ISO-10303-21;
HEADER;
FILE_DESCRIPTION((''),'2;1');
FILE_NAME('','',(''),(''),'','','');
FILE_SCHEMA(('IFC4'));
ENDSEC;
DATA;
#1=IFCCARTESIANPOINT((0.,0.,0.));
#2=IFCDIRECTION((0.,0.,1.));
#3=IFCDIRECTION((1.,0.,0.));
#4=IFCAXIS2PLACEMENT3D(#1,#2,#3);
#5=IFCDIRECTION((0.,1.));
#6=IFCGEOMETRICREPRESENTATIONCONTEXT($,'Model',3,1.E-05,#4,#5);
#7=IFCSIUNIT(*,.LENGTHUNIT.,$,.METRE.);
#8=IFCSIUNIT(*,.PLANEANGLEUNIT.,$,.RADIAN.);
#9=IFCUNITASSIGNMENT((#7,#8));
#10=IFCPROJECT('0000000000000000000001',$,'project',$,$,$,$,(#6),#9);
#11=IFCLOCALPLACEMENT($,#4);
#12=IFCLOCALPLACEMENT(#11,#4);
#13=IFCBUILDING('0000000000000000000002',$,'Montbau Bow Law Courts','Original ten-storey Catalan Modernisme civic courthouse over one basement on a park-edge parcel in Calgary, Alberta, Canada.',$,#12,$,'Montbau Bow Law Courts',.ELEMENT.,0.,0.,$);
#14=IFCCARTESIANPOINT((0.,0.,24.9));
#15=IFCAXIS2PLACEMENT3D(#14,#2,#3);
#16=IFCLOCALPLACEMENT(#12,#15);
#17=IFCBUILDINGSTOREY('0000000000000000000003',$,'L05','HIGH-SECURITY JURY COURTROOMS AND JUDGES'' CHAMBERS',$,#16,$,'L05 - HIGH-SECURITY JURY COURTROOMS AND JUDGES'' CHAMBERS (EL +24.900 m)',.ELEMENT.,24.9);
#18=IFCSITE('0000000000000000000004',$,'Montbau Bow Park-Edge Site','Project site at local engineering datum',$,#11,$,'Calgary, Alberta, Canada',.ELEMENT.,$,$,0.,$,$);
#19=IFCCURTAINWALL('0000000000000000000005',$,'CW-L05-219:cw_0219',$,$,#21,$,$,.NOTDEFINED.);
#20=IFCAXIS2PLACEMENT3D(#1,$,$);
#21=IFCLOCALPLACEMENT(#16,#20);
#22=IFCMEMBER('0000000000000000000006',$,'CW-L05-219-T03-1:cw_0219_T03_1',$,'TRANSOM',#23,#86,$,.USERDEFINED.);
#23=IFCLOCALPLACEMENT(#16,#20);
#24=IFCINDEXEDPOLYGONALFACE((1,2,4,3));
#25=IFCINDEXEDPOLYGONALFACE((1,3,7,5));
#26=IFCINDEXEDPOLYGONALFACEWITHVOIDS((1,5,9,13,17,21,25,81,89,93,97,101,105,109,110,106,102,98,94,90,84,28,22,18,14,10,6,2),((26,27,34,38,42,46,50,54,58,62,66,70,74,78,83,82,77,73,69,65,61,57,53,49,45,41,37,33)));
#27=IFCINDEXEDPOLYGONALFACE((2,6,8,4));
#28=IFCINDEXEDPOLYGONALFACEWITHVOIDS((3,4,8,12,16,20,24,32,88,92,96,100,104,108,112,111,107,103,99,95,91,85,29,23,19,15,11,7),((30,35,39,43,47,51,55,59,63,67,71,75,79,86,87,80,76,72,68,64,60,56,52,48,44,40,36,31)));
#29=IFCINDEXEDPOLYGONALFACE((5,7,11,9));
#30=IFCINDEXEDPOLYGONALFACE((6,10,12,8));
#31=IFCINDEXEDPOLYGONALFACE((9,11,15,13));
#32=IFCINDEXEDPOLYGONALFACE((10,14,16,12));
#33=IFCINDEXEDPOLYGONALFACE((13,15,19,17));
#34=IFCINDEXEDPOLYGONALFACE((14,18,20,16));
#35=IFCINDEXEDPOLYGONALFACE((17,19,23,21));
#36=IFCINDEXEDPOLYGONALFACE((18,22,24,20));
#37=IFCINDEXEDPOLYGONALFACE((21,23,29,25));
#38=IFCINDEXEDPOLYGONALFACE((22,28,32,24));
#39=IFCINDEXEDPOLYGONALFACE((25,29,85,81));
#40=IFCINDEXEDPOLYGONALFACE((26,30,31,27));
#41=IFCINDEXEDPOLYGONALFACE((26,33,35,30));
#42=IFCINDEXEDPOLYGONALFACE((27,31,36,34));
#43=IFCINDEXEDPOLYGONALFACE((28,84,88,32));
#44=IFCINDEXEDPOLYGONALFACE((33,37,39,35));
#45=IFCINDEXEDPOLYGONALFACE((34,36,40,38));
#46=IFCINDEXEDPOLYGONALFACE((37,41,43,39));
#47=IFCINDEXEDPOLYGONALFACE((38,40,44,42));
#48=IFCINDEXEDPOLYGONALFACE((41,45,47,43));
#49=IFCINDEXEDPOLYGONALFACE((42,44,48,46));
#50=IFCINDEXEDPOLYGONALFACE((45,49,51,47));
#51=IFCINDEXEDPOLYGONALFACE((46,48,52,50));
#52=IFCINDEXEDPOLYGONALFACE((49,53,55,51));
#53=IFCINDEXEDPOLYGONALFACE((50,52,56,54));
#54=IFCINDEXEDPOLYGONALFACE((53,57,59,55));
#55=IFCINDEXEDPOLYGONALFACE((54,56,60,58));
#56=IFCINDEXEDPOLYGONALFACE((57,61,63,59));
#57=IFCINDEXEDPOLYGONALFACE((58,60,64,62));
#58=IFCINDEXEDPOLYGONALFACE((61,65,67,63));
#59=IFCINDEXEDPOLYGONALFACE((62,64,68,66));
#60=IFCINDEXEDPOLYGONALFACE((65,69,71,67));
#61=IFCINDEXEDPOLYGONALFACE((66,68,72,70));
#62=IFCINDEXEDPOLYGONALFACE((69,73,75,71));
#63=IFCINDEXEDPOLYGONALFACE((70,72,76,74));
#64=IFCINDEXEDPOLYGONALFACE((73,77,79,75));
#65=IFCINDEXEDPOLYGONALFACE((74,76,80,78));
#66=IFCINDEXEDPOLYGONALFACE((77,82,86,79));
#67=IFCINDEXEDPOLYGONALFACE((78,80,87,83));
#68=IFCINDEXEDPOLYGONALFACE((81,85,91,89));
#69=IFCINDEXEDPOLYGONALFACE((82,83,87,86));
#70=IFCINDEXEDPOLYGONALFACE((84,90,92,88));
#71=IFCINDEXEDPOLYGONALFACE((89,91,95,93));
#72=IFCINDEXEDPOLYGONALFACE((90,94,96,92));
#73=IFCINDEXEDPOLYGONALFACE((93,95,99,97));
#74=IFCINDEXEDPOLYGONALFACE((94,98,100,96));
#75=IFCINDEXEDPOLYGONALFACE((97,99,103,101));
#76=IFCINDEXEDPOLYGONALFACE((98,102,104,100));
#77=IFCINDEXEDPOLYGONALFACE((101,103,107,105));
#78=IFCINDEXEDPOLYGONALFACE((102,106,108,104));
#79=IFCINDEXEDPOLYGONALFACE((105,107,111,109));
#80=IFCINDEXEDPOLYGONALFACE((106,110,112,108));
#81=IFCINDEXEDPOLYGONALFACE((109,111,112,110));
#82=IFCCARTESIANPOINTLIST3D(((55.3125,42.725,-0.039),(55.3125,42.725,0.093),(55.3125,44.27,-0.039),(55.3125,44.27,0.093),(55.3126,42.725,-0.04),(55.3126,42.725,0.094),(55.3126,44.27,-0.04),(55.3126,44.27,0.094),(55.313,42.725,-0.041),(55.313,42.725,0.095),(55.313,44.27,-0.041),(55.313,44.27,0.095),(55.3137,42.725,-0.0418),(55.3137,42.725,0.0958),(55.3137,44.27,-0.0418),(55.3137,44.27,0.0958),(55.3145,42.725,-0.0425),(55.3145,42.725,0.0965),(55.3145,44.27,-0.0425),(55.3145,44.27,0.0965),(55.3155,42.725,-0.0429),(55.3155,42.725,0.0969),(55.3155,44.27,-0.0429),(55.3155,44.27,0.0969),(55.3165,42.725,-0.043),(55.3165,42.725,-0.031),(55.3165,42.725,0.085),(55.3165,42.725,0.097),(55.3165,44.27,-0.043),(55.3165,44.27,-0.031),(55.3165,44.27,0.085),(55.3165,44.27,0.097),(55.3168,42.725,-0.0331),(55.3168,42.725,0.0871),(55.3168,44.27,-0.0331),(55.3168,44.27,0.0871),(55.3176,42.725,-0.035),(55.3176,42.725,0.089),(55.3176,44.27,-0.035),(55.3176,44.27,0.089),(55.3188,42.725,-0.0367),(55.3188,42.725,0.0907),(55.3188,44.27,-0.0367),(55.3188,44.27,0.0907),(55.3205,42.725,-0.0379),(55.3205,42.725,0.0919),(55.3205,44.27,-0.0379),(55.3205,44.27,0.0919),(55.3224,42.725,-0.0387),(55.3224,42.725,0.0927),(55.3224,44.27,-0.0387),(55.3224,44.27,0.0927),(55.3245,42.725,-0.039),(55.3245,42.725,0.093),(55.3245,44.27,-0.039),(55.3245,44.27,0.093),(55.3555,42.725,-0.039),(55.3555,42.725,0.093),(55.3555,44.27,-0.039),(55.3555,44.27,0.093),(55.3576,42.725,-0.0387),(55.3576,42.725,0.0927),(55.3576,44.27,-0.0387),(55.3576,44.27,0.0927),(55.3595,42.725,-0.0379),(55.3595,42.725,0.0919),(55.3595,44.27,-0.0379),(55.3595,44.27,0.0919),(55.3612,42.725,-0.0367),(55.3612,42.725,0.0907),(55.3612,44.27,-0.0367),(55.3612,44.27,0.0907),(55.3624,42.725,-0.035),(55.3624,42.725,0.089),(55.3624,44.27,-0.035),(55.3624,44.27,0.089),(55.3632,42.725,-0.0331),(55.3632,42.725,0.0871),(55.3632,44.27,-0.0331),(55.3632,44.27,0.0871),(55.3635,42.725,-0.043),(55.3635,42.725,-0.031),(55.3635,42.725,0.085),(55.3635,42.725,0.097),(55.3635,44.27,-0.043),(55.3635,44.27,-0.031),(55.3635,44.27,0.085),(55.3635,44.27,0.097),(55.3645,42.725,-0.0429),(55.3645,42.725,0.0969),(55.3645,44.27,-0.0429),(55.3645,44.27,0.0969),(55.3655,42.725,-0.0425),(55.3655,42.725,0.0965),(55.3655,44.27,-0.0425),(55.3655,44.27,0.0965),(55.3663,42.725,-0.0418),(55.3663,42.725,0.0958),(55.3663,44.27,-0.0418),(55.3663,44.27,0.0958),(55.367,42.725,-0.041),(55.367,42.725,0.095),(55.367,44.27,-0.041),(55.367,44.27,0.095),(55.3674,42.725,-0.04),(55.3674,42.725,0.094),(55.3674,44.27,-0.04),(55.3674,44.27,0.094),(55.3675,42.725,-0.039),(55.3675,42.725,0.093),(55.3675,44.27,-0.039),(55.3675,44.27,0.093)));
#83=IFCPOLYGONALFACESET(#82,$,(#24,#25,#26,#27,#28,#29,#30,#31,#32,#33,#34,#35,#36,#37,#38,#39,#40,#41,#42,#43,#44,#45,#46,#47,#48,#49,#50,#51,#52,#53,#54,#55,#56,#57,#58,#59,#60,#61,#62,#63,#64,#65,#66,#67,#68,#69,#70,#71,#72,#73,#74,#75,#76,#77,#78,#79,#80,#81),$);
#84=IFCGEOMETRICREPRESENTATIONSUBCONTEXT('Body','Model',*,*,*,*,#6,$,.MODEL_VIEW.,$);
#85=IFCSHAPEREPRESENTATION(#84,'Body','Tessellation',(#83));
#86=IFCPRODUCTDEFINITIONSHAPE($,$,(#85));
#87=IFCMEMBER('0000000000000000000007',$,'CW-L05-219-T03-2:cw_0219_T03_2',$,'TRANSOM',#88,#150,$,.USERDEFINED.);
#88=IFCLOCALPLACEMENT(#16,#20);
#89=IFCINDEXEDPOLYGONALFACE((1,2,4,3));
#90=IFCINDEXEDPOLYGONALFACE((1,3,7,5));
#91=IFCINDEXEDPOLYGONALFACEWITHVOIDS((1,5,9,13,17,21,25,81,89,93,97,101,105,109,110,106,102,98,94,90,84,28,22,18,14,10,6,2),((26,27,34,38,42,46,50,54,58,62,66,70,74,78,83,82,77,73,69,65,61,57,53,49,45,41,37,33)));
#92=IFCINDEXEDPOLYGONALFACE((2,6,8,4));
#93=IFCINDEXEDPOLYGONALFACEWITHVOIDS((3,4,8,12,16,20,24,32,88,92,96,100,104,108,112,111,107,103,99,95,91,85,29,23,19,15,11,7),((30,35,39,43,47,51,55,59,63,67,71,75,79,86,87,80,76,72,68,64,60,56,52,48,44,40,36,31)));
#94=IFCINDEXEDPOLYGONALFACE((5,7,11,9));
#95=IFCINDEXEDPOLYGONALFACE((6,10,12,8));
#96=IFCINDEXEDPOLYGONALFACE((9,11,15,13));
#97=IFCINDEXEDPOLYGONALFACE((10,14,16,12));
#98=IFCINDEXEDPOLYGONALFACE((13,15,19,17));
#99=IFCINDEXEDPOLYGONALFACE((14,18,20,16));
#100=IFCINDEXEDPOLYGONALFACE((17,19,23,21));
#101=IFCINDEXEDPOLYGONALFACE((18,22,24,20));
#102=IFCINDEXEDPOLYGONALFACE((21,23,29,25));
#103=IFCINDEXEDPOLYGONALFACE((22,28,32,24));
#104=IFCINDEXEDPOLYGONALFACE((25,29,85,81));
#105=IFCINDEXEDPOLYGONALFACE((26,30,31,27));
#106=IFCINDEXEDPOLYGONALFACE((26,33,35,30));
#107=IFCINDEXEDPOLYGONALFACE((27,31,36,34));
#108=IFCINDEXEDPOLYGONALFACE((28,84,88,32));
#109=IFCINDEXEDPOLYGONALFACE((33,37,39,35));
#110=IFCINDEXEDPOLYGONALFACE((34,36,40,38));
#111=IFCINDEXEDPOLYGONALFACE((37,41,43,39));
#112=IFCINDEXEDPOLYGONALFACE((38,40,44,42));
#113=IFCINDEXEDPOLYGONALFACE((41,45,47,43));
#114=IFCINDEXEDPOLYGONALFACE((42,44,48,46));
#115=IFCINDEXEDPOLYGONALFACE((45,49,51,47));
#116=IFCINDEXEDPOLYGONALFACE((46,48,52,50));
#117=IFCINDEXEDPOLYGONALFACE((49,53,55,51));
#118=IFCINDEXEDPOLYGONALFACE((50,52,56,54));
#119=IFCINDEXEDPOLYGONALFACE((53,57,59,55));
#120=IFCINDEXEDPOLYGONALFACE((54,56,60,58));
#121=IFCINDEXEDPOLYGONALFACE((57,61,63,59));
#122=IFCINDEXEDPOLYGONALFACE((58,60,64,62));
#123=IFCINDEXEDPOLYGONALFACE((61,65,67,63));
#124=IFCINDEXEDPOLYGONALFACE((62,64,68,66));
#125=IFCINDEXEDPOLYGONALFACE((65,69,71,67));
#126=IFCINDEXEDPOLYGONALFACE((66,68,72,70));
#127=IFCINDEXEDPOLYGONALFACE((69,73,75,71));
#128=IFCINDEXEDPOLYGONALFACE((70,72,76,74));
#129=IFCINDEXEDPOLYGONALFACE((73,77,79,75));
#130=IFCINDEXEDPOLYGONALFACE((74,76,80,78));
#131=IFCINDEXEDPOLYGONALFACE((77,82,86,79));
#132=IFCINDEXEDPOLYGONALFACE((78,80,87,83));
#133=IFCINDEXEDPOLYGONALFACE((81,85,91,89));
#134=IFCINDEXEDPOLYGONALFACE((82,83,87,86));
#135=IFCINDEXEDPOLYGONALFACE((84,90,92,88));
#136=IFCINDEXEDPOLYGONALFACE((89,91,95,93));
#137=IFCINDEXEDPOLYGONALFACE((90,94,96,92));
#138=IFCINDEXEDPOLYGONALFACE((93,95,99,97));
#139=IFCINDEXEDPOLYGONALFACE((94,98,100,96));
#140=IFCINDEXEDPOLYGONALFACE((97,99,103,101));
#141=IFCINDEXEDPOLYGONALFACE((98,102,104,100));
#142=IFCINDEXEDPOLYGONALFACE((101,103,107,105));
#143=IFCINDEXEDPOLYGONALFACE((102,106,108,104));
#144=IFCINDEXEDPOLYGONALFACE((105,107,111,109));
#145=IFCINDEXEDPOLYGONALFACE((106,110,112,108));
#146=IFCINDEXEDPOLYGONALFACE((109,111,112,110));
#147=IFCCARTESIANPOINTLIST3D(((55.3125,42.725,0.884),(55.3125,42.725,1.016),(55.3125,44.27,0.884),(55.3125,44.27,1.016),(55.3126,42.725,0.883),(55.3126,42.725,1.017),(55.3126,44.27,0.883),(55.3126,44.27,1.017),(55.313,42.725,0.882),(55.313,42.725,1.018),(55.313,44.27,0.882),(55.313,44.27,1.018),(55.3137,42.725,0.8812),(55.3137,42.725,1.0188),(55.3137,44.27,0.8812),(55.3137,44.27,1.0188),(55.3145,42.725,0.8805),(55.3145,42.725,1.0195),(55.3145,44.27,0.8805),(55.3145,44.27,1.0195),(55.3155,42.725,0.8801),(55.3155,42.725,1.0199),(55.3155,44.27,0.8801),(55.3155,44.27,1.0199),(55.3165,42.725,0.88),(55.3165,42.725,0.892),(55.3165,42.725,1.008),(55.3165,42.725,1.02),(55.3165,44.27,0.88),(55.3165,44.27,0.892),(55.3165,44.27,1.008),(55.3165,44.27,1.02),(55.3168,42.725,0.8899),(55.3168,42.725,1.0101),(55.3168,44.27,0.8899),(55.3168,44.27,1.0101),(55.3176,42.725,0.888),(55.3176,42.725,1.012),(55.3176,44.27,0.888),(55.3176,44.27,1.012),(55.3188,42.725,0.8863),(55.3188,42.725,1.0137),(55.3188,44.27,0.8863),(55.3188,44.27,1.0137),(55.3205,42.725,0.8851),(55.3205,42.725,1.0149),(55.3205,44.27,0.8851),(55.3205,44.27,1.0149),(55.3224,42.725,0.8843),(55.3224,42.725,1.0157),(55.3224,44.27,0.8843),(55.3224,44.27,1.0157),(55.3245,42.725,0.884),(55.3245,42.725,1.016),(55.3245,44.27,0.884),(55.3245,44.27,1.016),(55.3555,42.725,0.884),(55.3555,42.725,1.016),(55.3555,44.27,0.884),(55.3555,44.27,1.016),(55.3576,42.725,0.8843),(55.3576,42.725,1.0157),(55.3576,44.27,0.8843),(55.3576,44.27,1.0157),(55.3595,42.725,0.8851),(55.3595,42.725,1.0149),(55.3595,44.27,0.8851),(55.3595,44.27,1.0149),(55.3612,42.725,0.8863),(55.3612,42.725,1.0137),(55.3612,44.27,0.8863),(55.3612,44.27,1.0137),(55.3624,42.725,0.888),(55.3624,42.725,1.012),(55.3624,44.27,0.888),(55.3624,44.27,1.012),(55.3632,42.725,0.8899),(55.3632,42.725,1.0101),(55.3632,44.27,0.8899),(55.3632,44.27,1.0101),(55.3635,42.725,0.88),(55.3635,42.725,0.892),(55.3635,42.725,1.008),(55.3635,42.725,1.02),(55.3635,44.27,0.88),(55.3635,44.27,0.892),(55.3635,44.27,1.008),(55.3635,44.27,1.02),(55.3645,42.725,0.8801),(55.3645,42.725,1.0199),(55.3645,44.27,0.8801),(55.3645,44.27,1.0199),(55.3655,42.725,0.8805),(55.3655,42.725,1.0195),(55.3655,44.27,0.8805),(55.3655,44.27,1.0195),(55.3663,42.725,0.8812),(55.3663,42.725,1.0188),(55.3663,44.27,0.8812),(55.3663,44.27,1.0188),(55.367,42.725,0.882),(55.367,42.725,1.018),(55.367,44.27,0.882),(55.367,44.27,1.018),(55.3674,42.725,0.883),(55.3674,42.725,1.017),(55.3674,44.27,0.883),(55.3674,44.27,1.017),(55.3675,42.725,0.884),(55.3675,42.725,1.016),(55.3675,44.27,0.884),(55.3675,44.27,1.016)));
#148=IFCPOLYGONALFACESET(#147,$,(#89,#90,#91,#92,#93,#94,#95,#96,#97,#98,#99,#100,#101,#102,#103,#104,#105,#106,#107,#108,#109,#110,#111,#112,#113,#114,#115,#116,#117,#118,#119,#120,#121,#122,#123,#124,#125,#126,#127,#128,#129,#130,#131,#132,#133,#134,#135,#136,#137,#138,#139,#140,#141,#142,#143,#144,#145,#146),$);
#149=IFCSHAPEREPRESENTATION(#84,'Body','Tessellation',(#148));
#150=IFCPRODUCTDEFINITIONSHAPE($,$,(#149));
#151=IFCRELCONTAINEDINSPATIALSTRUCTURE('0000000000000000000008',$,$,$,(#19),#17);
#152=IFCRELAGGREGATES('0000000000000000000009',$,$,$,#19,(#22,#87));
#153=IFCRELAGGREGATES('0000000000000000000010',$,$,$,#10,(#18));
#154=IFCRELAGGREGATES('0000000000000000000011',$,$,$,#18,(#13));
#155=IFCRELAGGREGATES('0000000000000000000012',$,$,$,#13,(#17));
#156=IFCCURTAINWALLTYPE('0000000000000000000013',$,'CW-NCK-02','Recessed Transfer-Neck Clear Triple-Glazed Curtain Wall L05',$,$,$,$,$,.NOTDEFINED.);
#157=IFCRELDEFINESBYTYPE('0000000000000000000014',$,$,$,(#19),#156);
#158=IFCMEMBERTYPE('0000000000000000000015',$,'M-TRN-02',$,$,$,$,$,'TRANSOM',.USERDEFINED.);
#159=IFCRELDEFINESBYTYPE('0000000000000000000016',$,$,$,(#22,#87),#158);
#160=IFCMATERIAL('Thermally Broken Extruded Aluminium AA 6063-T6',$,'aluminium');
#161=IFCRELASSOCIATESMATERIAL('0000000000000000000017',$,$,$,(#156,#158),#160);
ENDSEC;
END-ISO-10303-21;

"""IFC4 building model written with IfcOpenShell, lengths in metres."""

from ifc_helpers import new_model, si_unit, direction, frame, origin_with_axes, origin_2d_with_axis, place, context, subcontext, project, spatial, hollow_rectangle, extrude, material, material_profile, profile_set, type_object, element, aggregate, save


model = new_model("IFC4")

# Units and contexts
model_context = context("Model", 3, precision=1e-05, world=origin_with_axes(), true_north=direction((0.0, 1.0)))
body_context = subcontext(model_context, "Body", "Model", "MODEL_VIEW")
ifc_project = project(units=[si_unit("LENGTHUNIT", "METRE"), si_unit("PLANEANGLEUNIT", "RADIAN")], contexts=[model_context])

# Site, building, storey
site_placement = place(None, origin_with_axes())
site = spatial("IfcSite", under=ifc_project, at=site_placement, Name="Montbau Bow Park-Edge Site", Description="Project site at local engineering datum", LongName="Calgary, Alberta, Canada", CompositionType="ELEMENT", RefElevation=0.0)
building_placement = place(site_placement, origin_with_axes())
building = spatial("IfcBuilding", under=site, at=building_placement, Name="Montbau Bow Law Courts", Description="Original ten-storey Catalan Modernisme civic courthouse over one basement on a park-edge parcel in Calgary, Alberta, Canada.", LongName="Montbau Bow Law Courts", CompositionType="ELEMENT", ElevationOfRefHeight=0.0, ElevationOfTerrain=0.0)
storey_placement = place(building_placement, frame((0.0, 0.0, 24.9), z_axis=(0.0, 0.0, 1.0), x_axis=(1.0, 0.0, 0.0)))
storey = spatial("IfcBuildingStorey", under=building, at=storey_placement, Name="L05", Description="HIGH-SECURITY JURY COURTROOMS AND JUDGES' CHAMBERS", LongName="L05 - HIGH-SECURITY JURY COURTROOMS AND JUDGES' CHAMBERS (EL +24.900 m)", CompositionType="ELEMENT", Elevation=24.9)

# Curtain wall
ifc_material_1 = material(Name="Thermally Broken Extruded Aluminium AA 6063-T6", Category="aluminium")
curtain_wall_type = type_object("IfcCurtainWallType", Name="CW-NCK-02", Description="Recessed Transfer-Neck Clear Triple-Glazed Curtain Wall L05", PredefinedType="NOTDEFINED", material=ifc_material_1)
curtain_wall_1_placement = place(None, frame((55.34, 39.44, 24.9), z_axis=(0.0, 0.0, 1.0), x_axis=(1.0, 0.0, 0.0)))
curtain_wall_1 = element("IfcCurtainWall", 1, at=curtain_wall_1_placement, inside=storey, type_object=curtain_wall_type, Name="CW-L05-219:cw_0219", PredefinedType="NOTDEFINED")

# Members
ifc_material_profile_1 = material_profile(ifc_material_1, hollow_rectangle(XDim=0.055, YDim=0.14, WallThickness=0.004, InnerFilletRadius=0.008, OuterFilletRadius=0.004, at=origin_2d_with_axis()), Name="CWT-140X55", Category="Main", Priority=0)
ifc_profile_set_1 = profile_set([ifc_material_profile_1], Name="Thermally Broken Extruded Aluminium AA 6063-T6")
member_type_1 = type_object("IfcMemberType", Name="M-TRN-02", ElementType="TRANSOM", PredefinedType="USERDEFINED", material=ifc_profile_set_1)
member_1_placement = place(None, frame((55.34, 42.725, 24.927), z_axis=(0.0, 1.0, 0.0), x_axis=(-1.0, 0.0, 0.0)))
member_1 = element("IfcMember", 2, at=member_1_placement, type_object=member_type_1, Name="CW-L05-219-T03-1:cw_0219_T03_1", ObjectType="TRANSOM", PredefinedType="USERDEFINED", context=body_context, shape_type="SweptSolid", body=[
    extrude(hollow_rectangle(XDim=0.055, YDim=0.14, WallThickness=0.004, InnerFilletRadius=0.008, OuterFilletRadius=0.004, at=origin_2d_with_axis()), origin_with_axes(), (0.0, 0.0, 1.0), 1.545),
])
member_2_placement = place(None, frame((55.34, 42.725, 25.85), z_axis=(0.0, 1.0, 0.0), x_axis=(-1.0, 0.0, 0.0)))
member_2 = element("IfcMember", 3, at=member_2_placement, type_object=member_type_1, Name="CW-L05-219-T03-2:cw_0219_T03_2", ObjectType="TRANSOM", PredefinedType="USERDEFINED", context=body_context, shape_type="SweptSolid", body=[
    extrude(hollow_rectangle(XDim=0.055, YDim=0.14, WallThickness=0.004, InnerFilletRadius=0.008, OuterFilletRadius=0.004, at=origin_2d_with_axis()), origin_with_axes(), (0.0, 0.0, 1.0), 1.545),
])

aggregate(curtain_wall_1, [member_1, member_2])

save(model, "model.ifc")
